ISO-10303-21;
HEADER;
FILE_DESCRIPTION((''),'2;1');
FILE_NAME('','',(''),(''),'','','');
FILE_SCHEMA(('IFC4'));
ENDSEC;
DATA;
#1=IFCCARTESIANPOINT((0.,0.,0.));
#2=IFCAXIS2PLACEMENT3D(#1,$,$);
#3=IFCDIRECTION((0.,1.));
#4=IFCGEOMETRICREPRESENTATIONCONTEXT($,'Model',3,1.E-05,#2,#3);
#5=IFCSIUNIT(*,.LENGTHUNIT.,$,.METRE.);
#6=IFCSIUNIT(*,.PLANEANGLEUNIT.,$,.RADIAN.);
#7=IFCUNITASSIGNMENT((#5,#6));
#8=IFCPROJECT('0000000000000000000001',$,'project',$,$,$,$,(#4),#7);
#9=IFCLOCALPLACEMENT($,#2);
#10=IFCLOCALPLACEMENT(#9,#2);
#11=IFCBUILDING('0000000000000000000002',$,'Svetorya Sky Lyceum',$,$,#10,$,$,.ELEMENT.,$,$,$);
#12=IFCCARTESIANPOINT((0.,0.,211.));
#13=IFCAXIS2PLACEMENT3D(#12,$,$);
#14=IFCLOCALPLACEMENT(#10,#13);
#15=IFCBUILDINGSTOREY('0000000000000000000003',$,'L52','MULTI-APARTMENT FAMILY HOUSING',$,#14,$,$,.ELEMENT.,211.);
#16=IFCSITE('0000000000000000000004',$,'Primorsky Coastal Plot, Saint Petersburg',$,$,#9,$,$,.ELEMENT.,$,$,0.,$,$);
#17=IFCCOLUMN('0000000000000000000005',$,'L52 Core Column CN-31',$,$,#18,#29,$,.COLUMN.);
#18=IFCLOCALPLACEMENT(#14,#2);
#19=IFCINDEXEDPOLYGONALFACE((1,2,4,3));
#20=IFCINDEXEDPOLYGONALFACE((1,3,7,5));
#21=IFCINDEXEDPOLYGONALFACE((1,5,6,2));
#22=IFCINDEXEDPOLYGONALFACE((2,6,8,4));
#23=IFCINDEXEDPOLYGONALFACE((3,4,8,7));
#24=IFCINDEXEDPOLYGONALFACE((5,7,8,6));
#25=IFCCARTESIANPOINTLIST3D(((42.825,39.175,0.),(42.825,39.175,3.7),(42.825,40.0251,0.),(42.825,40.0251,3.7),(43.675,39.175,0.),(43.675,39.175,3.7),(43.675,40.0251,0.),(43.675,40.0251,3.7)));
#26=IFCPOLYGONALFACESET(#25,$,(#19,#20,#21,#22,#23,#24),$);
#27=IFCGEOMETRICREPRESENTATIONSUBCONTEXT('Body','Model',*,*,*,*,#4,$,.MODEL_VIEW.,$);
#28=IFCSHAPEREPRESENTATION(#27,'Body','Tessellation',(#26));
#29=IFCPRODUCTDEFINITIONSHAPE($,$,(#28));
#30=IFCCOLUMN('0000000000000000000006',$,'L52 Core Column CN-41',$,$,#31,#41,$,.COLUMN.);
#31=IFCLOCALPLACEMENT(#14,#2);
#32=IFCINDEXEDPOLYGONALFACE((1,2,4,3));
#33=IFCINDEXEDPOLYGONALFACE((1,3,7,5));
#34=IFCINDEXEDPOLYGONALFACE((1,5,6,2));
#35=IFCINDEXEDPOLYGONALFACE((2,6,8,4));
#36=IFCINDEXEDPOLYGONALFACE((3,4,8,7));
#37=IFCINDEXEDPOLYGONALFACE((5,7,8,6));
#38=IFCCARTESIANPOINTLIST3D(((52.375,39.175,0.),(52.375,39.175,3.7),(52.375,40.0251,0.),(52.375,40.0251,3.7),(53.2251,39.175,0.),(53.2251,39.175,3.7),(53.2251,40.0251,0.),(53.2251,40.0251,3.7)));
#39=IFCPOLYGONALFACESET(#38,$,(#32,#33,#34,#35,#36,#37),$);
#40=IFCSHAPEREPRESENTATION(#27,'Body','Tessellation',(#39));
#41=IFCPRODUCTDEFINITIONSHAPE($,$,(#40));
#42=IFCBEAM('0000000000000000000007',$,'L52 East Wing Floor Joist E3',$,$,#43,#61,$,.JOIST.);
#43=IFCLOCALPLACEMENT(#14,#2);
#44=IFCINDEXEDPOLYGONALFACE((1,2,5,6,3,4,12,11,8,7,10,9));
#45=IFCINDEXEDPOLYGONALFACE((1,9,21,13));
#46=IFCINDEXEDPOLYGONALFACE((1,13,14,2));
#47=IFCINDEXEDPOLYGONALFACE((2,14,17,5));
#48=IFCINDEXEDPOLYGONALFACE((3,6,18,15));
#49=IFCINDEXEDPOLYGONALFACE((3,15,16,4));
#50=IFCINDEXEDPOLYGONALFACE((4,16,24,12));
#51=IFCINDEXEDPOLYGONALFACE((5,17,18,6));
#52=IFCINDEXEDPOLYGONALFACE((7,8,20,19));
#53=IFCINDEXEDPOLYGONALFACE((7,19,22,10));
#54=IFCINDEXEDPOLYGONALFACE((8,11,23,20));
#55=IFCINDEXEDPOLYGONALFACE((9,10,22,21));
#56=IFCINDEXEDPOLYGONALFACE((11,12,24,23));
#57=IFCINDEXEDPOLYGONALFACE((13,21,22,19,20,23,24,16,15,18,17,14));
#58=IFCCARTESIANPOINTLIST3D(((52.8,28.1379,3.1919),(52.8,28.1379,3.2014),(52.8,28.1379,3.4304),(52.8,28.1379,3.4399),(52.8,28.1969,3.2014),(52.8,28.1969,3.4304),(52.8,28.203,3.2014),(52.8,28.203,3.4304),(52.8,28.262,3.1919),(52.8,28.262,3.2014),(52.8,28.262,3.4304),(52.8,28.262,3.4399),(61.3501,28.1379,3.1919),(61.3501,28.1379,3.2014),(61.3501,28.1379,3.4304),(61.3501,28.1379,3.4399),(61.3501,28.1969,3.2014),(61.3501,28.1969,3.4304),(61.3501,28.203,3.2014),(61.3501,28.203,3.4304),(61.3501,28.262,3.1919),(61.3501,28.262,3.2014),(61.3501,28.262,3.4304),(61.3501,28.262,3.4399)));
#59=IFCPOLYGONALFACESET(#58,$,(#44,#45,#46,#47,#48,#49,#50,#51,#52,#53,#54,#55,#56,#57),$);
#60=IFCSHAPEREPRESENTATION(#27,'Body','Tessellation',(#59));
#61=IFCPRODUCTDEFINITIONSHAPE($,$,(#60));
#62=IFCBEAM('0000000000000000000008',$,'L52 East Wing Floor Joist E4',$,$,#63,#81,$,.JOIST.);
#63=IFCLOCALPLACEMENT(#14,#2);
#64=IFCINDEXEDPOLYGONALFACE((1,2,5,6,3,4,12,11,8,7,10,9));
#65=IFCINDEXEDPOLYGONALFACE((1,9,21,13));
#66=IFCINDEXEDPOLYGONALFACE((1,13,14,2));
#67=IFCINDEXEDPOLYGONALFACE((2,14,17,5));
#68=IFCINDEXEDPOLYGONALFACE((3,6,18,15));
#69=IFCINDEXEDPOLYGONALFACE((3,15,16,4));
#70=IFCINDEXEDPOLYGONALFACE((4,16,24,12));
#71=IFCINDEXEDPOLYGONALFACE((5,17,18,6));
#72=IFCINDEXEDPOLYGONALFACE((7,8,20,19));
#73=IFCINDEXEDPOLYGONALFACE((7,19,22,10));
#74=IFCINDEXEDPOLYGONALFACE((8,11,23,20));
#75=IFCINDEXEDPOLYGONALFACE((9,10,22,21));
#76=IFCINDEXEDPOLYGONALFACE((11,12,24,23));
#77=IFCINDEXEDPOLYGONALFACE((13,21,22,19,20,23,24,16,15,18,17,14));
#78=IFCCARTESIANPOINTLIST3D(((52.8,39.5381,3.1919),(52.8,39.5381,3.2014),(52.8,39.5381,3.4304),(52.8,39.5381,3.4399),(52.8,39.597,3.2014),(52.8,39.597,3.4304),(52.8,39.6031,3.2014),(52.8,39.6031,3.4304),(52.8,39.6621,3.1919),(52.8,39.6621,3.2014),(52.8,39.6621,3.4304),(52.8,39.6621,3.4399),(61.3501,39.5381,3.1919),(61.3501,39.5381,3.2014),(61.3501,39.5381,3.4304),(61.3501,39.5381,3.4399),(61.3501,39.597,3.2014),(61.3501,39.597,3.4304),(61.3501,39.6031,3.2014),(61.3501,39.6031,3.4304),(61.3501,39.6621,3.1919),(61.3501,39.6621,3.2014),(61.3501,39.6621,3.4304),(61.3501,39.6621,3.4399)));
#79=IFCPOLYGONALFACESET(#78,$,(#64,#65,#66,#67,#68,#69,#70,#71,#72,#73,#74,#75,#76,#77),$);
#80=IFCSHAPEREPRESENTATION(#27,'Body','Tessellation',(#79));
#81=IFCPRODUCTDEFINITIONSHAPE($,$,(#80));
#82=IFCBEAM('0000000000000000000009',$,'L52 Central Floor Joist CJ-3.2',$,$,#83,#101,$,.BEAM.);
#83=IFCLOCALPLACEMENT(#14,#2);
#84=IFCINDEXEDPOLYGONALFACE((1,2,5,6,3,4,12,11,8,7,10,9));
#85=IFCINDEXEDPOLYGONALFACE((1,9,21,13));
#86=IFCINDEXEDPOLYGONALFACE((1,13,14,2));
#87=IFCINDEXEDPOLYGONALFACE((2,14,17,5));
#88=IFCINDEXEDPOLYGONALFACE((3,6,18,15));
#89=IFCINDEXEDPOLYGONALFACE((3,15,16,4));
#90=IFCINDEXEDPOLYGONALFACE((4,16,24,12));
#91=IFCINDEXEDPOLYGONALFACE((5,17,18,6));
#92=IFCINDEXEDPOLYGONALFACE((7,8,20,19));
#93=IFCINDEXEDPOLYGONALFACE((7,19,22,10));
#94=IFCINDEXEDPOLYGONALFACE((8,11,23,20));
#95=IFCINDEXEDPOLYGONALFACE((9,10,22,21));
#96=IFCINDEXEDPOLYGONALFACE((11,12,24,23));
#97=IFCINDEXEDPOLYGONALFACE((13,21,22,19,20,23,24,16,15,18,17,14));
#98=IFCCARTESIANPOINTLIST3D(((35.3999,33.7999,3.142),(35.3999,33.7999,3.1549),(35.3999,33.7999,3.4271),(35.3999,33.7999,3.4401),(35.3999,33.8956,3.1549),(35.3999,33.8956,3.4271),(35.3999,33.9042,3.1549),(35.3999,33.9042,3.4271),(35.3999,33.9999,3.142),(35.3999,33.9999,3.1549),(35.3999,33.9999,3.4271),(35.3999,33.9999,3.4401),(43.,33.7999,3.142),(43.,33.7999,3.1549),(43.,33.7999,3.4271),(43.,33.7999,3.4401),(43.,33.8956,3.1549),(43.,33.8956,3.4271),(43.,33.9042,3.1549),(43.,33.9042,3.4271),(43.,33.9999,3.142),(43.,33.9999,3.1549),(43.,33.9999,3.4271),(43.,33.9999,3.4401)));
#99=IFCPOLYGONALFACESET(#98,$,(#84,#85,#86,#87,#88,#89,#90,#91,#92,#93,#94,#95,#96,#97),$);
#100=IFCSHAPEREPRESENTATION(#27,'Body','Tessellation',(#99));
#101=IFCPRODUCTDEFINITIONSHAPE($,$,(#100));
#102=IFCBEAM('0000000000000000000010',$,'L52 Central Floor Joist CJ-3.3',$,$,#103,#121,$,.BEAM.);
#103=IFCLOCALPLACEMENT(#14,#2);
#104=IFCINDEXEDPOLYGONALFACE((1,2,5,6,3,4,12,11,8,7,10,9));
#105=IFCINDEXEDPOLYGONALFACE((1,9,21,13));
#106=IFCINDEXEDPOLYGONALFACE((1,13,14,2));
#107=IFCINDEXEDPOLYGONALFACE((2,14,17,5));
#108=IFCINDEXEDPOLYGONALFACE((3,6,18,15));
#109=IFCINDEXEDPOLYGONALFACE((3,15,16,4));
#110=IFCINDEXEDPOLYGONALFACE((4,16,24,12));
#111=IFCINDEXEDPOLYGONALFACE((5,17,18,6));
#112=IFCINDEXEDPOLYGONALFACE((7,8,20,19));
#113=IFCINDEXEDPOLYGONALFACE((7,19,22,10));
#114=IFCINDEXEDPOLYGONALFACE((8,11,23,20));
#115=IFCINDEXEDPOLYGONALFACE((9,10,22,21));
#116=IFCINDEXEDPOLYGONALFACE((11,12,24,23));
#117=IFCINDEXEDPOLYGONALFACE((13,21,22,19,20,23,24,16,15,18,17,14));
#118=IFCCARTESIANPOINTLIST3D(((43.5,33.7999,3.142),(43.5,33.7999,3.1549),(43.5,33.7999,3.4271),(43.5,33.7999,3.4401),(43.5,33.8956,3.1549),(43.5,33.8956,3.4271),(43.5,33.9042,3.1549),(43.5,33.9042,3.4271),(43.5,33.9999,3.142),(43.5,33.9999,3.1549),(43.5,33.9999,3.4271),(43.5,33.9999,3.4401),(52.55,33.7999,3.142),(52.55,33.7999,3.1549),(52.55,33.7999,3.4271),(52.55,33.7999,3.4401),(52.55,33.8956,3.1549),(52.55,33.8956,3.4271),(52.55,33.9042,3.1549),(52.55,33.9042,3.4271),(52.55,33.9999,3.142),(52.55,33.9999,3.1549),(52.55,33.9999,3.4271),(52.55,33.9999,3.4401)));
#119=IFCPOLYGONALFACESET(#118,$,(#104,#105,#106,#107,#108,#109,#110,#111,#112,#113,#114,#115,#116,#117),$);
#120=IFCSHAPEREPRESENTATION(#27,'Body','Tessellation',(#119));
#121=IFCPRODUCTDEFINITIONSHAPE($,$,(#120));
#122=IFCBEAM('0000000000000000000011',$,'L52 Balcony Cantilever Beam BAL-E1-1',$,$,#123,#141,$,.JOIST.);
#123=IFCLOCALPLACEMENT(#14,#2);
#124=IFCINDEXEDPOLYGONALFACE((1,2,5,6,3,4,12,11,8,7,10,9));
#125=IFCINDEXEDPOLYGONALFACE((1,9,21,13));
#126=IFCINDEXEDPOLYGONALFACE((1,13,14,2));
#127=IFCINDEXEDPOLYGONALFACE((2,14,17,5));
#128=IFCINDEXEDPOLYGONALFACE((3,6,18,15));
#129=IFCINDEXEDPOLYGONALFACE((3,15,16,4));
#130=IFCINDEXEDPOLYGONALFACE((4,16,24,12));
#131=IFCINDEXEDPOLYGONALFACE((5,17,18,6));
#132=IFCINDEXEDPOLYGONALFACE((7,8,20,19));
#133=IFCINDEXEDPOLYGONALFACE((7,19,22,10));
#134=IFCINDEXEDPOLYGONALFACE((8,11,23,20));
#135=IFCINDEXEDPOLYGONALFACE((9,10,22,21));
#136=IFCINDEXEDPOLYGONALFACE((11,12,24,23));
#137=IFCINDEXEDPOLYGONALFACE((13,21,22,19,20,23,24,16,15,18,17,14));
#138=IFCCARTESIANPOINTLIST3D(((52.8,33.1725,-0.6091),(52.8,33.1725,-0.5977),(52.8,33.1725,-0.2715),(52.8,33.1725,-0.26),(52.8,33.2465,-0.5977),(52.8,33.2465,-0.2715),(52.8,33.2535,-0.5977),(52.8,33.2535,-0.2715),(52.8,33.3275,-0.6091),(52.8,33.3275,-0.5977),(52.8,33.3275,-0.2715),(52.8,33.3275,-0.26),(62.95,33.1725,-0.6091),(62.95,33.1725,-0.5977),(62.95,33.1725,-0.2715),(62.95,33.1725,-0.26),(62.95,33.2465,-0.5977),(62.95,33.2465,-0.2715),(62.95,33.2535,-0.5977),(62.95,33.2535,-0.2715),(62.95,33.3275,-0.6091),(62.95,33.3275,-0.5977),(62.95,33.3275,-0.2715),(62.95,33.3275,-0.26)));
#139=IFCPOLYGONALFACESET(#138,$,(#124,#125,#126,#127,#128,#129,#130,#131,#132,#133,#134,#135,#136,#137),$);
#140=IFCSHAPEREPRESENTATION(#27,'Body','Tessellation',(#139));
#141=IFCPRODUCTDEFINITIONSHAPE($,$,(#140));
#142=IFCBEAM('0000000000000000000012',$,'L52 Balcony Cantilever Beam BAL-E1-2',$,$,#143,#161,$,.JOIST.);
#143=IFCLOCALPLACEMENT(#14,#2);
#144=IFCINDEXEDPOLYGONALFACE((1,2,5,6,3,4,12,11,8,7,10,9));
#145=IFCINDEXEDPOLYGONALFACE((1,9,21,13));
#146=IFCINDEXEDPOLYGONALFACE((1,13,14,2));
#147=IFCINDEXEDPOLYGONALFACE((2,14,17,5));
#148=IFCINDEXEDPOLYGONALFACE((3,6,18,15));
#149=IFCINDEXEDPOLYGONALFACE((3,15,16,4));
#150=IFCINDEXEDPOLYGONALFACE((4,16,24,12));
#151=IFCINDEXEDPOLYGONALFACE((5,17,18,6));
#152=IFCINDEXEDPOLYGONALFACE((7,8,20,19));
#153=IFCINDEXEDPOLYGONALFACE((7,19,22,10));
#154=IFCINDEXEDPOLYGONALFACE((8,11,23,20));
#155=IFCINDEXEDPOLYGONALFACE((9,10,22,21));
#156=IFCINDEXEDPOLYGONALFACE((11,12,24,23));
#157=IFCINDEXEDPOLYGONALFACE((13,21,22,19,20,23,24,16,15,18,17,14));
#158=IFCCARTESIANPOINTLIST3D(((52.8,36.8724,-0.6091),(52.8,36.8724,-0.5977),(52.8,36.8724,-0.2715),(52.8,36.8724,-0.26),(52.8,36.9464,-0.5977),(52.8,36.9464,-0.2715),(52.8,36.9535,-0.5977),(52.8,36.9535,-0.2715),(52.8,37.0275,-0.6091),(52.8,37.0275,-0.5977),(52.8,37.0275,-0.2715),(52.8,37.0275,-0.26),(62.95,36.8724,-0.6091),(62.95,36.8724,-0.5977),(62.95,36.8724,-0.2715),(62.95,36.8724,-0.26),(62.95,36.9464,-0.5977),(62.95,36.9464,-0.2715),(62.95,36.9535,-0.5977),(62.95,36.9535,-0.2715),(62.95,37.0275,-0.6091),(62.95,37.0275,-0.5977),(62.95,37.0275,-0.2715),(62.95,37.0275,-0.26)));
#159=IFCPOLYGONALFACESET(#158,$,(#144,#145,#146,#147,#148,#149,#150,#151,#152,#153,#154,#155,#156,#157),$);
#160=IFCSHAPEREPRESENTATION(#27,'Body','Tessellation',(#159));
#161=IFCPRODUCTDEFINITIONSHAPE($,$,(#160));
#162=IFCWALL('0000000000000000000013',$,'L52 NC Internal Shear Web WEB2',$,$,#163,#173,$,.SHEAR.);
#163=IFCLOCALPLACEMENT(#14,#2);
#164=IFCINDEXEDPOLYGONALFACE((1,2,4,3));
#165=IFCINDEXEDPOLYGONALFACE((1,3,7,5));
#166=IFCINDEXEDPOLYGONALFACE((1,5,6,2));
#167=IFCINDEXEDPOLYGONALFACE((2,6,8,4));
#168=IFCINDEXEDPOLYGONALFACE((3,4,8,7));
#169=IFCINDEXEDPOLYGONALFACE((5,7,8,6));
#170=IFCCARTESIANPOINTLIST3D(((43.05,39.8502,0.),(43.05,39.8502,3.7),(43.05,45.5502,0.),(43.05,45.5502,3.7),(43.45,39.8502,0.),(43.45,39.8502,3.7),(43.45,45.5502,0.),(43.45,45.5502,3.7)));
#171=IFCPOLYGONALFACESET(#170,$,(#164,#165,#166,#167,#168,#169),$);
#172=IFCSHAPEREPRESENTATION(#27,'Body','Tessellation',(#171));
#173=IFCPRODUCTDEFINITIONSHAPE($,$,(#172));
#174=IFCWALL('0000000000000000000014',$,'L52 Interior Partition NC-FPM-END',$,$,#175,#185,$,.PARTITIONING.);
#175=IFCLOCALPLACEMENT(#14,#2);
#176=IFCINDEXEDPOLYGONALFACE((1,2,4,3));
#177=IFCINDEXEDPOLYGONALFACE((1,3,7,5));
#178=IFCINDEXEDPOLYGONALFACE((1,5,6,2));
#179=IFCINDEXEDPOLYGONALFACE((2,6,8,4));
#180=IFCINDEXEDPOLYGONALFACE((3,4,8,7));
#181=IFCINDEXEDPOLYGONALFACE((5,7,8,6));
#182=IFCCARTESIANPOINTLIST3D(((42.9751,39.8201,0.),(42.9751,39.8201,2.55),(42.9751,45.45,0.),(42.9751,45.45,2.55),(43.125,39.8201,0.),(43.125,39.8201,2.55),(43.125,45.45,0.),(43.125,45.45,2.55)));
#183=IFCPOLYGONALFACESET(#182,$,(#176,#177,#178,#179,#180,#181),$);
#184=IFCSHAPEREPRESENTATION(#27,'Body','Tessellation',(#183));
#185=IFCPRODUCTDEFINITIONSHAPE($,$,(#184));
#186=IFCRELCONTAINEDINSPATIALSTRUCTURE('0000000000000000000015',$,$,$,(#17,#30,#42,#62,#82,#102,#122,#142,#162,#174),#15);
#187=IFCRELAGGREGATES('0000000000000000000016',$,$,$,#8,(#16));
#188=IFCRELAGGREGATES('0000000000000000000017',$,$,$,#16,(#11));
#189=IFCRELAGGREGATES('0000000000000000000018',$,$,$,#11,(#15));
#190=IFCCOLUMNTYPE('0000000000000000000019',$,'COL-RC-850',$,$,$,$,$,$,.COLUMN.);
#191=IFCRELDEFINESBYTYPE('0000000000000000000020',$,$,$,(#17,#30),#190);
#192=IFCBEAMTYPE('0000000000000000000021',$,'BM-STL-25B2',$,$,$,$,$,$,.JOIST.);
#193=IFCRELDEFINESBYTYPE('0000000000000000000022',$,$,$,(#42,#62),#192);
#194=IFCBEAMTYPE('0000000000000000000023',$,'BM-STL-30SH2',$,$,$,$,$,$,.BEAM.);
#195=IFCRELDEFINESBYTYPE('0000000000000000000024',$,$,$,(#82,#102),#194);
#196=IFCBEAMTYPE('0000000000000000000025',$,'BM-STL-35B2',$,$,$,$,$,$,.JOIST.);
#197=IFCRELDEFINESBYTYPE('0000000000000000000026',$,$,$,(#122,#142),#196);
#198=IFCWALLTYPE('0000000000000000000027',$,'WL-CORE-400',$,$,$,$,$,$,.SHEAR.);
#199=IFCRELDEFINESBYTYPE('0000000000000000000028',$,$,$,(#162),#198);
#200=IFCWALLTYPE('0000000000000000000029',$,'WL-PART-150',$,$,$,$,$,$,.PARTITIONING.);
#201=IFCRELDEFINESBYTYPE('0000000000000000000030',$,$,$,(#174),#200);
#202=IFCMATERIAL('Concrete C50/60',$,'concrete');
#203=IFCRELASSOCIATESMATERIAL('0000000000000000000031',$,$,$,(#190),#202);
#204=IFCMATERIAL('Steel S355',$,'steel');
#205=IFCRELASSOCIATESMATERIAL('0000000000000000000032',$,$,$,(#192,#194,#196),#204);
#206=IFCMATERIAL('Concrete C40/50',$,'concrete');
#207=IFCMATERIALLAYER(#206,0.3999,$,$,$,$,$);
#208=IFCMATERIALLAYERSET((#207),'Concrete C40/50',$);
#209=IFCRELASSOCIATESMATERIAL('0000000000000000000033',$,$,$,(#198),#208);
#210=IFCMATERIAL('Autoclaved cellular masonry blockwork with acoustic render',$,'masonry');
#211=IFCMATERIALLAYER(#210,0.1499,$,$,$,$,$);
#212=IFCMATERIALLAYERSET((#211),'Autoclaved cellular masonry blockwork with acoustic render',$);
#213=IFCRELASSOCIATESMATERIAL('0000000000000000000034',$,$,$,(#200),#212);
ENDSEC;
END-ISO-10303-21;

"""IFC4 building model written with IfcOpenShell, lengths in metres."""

from ifc_helpers import new_model, si_unit, direction, frame, frame_2d, origin, origin_2d, place, context, subcontext, project, spatial, rectangle, i_section, extrude, material, layer, layer_set, material_profile, profile_set, type_object, element, save


model = new_model("IFC4")

# Units and contexts
model_context = context("Model", 3, precision=1e-05, world=origin(), true_north=direction((0.0, 1.0)))
body_context = subcontext(model_context, "Body", "Model", "MODEL_VIEW")
ifc_project = project(units=[si_unit("LENGTHUNIT", "METRE"), si_unit("PLANEANGLEUNIT", "RADIAN")], contexts=[model_context])

# Site, building, storey
site_placement = place(None, origin())
site = spatial("IfcSite", under=ifc_project, at=site_placement, Name="Primorsky Coastal Plot, Saint Petersburg", CompositionType="ELEMENT", RefElevation=0.0)
building_placement = place(site_placement, origin())
building = spatial("IfcBuilding", under=site, at=building_placement, Name="Svetorya Sky Lyceum", CompositionType="ELEMENT")
storey_placement = place(building_placement, frame((0.0, 0.0, 211.0)))
storey = spatial("IfcBuildingStorey", under=building, at=storey_placement, Name="L52", Description="MULTI-APARTMENT FAMILY HOUSING", CompositionType="ELEMENT", Elevation=211.0)

# Columns
ifc_material_1 = material(Name="Concrete C50/60", Category="concrete")
ifc_material_profile_1 = material_profile(ifc_material_1, rectangle(XDim=0.8501, YDim=0.8501, at=origin_2d()), Name="RC COL 850x850")
ifc_profile_set_1 = profile_set([ifc_material_profile_1], Name="Concrete C50/60")
column_type = type_object("IfcColumnType", Name="COL-RC-850", PredefinedType="COLUMN", material=ifc_profile_set_1)
for number, where, z_axis, x_axis, name in (
    (1, (43.25, 39.6001, 0.0), (0.0, 0.0, 1.0), (1.0, 0.0, 0.0), "L52 Core Column CN-31"),
    (2, (52.8, 39.6001, 0.0), (0.0, 0.0, 1.0), (1.0, 0.0, 0.0), "L52 Core Column CN-41"),
):
    element("IfcColumn", number, at=place(storey_placement, frame(where, z_axis=z_axis, x_axis=x_axis)), inside=storey, type_object=column_type, Name=name, PredefinedType="COLUMN", context=body_context, shape_type="SweptSolid", body=[
        extrude(rectangle(XDim=0.8501, YDim=0.8501, at=origin_2d()), origin(), (0.0, 0.0, 1.0), 3.7),
    ])

# Beams
ifc_material_2 = material(Name="Steel S355", Category="steel")
ifc_material_profile_2 = material_profile(ifc_material_2, i_section(OverallWidth=0.124, OverallDepth=0.248, WebThickness=0.0061, FlangeThickness=0.0095, at=origin_2d()), Name="GOST 25B2")
ifc_profile_set_2 = profile_set([ifc_material_profile_2], Name="Steel S355")
beam_type_1 = type_object("IfcBeamType", Name="BM-STL-25B2", PredefinedType="JOIST", material=ifc_profile_set_2)
for number, where, z_axis, x_axis, name in (
    (3, (52.8, 28.2, 3.3159), (1.0, 0.0, 0.0), (0.0, 1.0, 0.0), "L52 East Wing Floor Joist E3"),
    (4, (52.8, 39.6001, 3.3159), (1.0, 0.0, 0.0), (0.0, 1.0, 0.0), "L52 East Wing Floor Joist E4"),
):
    element("IfcBeam", number, at=place(storey_placement, frame(where, z_axis=z_axis, x_axis=x_axis)), inside=storey, type_object=beam_type_1, Name=name, PredefinedType="JOIST", context=body_context, shape_type="SweptSolid", body=[
        extrude(i_section(OverallWidth=0.124, OverallDepth=0.248, WebThickness=0.0061, FlangeThickness=0.0095, at=origin_2d()), origin(), (0.0, 0.0, 1.0), 8.55),
    ])
ifc_material_profile_3 = material_profile(ifc_material_2, i_section(OverallWidth=0.2, OverallDepth=0.2981, WebThickness=0.0085, FlangeThickness=0.0129, at=origin_2d()), Name="GOST 30Sh2")
ifc_profile_set_3 = profile_set([ifc_material_profile_3], Name="Steel S355")
beam_type_2 = type_object("IfcBeamType", Name="BM-STL-30SH2", PredefinedType="BEAM", material=ifc_profile_set_3)
beam_1_placement = place(storey_placement, frame((35.3999, 33.8999, 3.291), z_axis=(1.0, 0.0, 0.0), x_axis=(0.0, 1.0, 0.0)))
element("IfcBeam", 5, at=beam_1_placement, inside=storey, type_object=beam_type_2, Name="L52 Central Floor Joist CJ-3.2", PredefinedType="BEAM", context=body_context, shape_type="SweptSolid", body=[
    extrude(i_section(OverallWidth=0.2, OverallDepth=0.2981, WebThickness=0.0085, FlangeThickness=0.0129, at=origin_2d()), origin(), (0.0, 0.0, 1.0), 7.6001),
])
beam_2_placement = place(storey_placement, frame((43.5, 33.8999, 3.291), z_axis=(1.0, 0.0, 0.0), x_axis=(0.0, 1.0, 0.0)))
element("IfcBeam", 6, at=beam_2_placement, inside=storey, type_object=beam_type_2, Name="L52 Central Floor Joist CJ-3.3", PredefinedType="BEAM", context=body_context, shape_type="SweptSolid", body=[
    extrude(i_section(OverallWidth=0.2, OverallDepth=0.2981, WebThickness=0.0085, FlangeThickness=0.0129, at=origin_2d()), origin(), (0.0, 0.0, 1.0), 9.05),
])
ifc_material_profile_4 = material_profile(ifc_material_2, i_section(OverallWidth=0.155, OverallDepth=0.3491, WebThickness=0.0071, FlangeThickness=0.0115, at=origin_2d()), Name="GOST 35B2")
ifc_profile_set_4 = profile_set([ifc_material_profile_4], Name="Steel S355")
beam_type_3 = type_object("IfcBeamType", Name="BM-STL-35B2", PredefinedType="JOIST", material=ifc_profile_set_4)
for number, where, z_axis, x_axis, name in (
    (7, (52.8, 33.25, -0.4346), (1.0, 0.0, 0.0), (0.0, 1.0, 0.0), "L52 Balcony Cantilever Beam BAL-E1-1"),
    (8, (52.8, 36.95, -0.4346), (1.0, 0.0, 0.0), (0.0, 1.0, 0.0), "L52 Balcony Cantilever Beam BAL-E1-2"),
):
    element("IfcBeam", number, at=place(storey_placement, frame(where, z_axis=z_axis, x_axis=x_axis)), inside=storey, type_object=beam_type_3, Name=name, PredefinedType="JOIST", context=body_context, shape_type="SweptSolid", body=[
        extrude(i_section(OverallWidth=0.155, OverallDepth=0.3491, WebThickness=0.0071, FlangeThickness=0.0115, at=origin_2d()), origin(), (0.0, 0.0, 1.0), 10.1499),
    ])

# Wall
ifc_material_3 = material(Name="Concrete C40/50", Category="concrete")
ifc_layer_1 = layer(ifc_material_3, 0.3999)
ifc_layer_set_1 = layer_set([ifc_layer_1], Name="Concrete C40/50")
wall_type_1 = type_object("IfcWallType", Name="WL-CORE-400", PredefinedType="SHEAR", material=ifc_layer_set_1)
wall_1_placement = place(storey_placement, frame((43.25, 39.8501, 0.0), z_axis=(0.0, 0.0, 1.0), x_axis=(0.0, 1.0, 0.0)))
element("IfcWall", 9, at=wall_1_placement, inside=storey, type_object=wall_type_1, Name="L52 NC Internal Shear Web WEB2", PredefinedType="SHEAR", context=body_context, shape_type="SweptSolid", body=[
    extrude(rectangle(XDim=5.7, YDim=0.3999, at=frame_2d((2.8501, 0.0))), origin(), (0.0, 0.0, 1.0), 3.7),
])

# Wall
ifc_material_4 = material(Name="Autoclaved cellular masonry blockwork with acoustic render", Category="masonry")
ifc_layer_2 = layer(ifc_material_4, 0.1499)
ifc_layer_set_2 = layer_set([ifc_layer_2], Name="Autoclaved cellular masonry blockwork with acoustic render")
wall_type_2 = type_object("IfcWallType", Name="WL-PART-150", PredefinedType="PARTITIONING", material=ifc_layer_set_2)
for number, where, z_axis, x_axis, name in (
    (10, (43.05, 39.8201, 0.0), (0.0, 0.0, 1.0), (0.0, 1.0, 0.0), "L52 Interior Partition NC-FPM-END"),
):
    element("IfcWall", number, at=place(storey_placement, frame(where, z_axis=z_axis, x_axis=x_axis)), inside=storey, type_object=wall_type_2, Name=name, PredefinedType="PARTITIONING", context=body_context, shape_type="SweptSolid", body=[
        extrude(rectangle(XDim=5.6299, YDim=0.1499, at=frame_2d((2.8149, 0.0))), origin(), (0.0, 0.0, 1.0), 2.55),
    ])

save(model, "model.ifc")
